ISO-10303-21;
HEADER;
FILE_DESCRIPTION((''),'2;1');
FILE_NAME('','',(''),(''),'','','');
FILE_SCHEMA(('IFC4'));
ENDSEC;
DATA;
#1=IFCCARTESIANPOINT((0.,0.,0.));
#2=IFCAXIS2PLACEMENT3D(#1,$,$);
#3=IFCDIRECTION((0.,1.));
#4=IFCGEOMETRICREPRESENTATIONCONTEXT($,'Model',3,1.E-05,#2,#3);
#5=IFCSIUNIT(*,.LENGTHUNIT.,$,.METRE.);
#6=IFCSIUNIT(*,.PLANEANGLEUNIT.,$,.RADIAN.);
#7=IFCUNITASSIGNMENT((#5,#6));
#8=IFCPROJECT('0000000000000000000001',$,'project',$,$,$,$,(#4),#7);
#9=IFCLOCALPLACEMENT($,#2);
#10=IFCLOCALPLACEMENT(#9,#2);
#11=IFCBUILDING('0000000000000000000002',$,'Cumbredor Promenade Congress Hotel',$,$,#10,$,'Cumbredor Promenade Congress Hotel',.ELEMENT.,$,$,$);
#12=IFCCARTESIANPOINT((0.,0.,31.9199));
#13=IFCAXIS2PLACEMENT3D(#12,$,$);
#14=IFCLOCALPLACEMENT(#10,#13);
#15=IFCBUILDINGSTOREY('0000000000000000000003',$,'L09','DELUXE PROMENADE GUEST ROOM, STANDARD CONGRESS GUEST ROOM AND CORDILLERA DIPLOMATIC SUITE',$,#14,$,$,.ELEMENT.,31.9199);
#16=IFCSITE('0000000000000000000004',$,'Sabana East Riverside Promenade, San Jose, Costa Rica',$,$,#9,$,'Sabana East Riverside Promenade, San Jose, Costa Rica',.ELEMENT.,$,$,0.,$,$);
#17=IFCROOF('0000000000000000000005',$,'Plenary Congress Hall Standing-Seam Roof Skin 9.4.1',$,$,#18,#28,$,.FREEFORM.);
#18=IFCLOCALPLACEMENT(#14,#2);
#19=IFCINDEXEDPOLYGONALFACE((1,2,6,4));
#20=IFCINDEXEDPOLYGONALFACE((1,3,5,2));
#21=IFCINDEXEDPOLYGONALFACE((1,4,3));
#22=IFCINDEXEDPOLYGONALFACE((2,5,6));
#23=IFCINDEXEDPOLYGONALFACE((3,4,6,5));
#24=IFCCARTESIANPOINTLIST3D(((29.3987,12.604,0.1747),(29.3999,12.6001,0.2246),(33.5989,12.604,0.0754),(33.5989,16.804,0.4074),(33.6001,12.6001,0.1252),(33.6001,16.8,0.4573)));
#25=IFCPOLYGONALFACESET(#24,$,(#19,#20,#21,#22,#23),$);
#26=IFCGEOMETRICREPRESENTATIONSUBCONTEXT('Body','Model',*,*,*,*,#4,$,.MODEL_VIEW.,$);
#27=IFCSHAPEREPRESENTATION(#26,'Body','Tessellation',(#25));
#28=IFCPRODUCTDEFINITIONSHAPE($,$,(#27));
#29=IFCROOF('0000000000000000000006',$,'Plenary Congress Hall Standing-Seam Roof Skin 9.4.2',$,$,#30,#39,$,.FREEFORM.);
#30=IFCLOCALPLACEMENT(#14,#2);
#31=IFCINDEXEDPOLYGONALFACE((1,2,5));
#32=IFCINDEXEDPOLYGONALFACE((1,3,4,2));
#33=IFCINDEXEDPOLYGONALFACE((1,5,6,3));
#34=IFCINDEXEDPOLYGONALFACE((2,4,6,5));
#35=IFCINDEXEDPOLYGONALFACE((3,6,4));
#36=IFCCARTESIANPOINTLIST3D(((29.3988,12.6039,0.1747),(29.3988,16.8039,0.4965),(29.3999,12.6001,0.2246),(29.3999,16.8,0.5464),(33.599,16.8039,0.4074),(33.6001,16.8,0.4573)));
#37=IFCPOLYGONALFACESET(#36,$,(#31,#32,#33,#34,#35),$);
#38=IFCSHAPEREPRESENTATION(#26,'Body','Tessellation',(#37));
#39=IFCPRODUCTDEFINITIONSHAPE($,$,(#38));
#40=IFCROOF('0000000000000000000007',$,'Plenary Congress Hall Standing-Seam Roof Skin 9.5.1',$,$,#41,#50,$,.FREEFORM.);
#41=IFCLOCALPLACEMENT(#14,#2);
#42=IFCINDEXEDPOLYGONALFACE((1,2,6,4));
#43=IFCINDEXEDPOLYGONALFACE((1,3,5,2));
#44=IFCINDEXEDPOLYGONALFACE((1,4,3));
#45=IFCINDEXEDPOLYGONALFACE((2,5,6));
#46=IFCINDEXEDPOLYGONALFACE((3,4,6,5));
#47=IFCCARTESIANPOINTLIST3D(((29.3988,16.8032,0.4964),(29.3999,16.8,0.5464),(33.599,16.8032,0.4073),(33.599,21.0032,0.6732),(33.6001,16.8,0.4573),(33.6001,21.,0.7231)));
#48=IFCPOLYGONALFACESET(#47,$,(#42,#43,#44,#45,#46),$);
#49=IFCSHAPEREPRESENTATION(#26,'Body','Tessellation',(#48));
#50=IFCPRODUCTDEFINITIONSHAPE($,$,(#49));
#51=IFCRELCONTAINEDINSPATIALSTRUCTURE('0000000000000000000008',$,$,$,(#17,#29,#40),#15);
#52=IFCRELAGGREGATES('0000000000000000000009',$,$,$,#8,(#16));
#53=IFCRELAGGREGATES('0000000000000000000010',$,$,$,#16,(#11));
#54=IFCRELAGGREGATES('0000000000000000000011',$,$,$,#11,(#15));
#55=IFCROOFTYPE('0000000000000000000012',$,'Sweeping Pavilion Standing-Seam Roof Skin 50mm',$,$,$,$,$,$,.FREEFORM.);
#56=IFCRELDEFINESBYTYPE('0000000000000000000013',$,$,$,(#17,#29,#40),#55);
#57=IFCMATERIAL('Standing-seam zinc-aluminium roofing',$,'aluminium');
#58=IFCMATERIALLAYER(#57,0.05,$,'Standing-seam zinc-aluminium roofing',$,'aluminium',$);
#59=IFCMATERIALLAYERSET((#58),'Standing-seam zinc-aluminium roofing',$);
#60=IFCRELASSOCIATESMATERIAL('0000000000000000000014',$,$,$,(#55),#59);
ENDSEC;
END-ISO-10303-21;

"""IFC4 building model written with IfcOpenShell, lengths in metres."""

from ifc_helpers import new_model, si_unit, direction, frame, origin, place, context, subcontext, project, spatial, polyline, outline, extrude, material, layer, layer_set, type_object, element, save


model = new_model("IFC4")

# Units and contexts
model_context = context("Model", 3, precision=1e-05, world=origin(), true_north=direction((0.0, 1.0)))
body_context = subcontext(model_context, "Body", "Model", "MODEL_VIEW")
ifc_project = project(units=[si_unit("LENGTHUNIT", "METRE"), si_unit("PLANEANGLEUNIT", "RADIAN")], contexts=[model_context])

# Site, building, storey
site_placement = place(None, origin())
site = spatial("IfcSite", under=ifc_project, at=site_placement, Name="Sabana East Riverside Promenade, San Jose, Costa Rica", LongName="Sabana East Riverside Promenade, San Jose, Costa Rica", CompositionType="ELEMENT", RefElevation=0.0)
building_placement = place(site_placement, origin())
building = spatial("IfcBuilding", under=site, at=building_placement, Name="Cumbredor Promenade Congress Hotel", LongName="Cumbredor Promenade Congress Hotel", CompositionType="ELEMENT")
storey_placement = place(building_placement, frame((0.0, 0.0, 31.9199)))
storey = spatial("IfcBuildingStorey", under=building, at=storey_placement, Name="L09", Description="DELUXE PROMENADE GUEST ROOM, STANDARD CONGRESS GUEST ROOM AND CORDILLERA DIPLOMATIC SUITE", CompositionType="ELEMENT", Elevation=31.9199)

# Roofs
ifc_material_1 = material(Name="Standing-seam zinc-aluminium roofing", Category="aluminium")
ifc_layer_1 = layer(ifc_material_1, 0.05, Name="Standing-seam zinc-aluminium roofing", Category="aluminium")
ifc_layer_set_1 = layer_set([ifc_layer_1], Name="Standing-seam zinc-aluminium roofing")
roof_type = type_object("IfcRoofType", Name="Sweeping Pavilion Standing-Seam Roof Skin 50mm", PredefinedType="FREEFORM", material=ifc_layer_set_1)
roof_1_placement = place(storey_placement, frame((29.3999, 12.6001, 0.2246), z_axis=(0.023577, -0.078788, 0.996613), x_axis=(0.99972, 0.0, -0.023651)))
element("IfcRoof", 1, at=roof_1_placement, inside=storey, type_object=roof_type, Name="Plenary Congress Hall Standing-Seam Roof Skin 9.4.1", PredefinedType="FREEFORM", context=body_context, shape_type="SweptSolid", body=[
    extrude(outline(polyline([(0.0, 0.0), (4.2014, 0.0), (4.1935, 4.213), (0.0, 0.0)])), origin(), (0.0, 0.0, -1.0), 0.05),
])
roof_2_placement = place(storey_placement, frame((29.3999, 12.6001, 0.2246), z_axis=(0.021149, -0.076374, 0.996855), x_axis=(0.706585, 0.706544, 0.039141)))
element("IfcRoof", 2, at=roof_2_placement, inside=storey, type_object=roof_type, Name="Plenary Congress Hall Standing-Seam Roof Skin 9.4.2", PredefinedType="FREEFORM", context=body_context, shape_type="SweptSolid", body=[
    extrude(outline(polyline([(0.0, 0.0), (5.9444, 0.0), (2.98, 2.977), (0.0, 0.0)])), origin(), (0.0, 0.0, -1.0), 0.05),
])
roof_3_placement = place(storey_placement, frame((29.3999, 16.8, 0.5464), z_axis=(0.021169, -0.063162, 0.997779), x_axis=(0.999775, 0.0, -0.021211)))
element("IfcRoof", 3, at=roof_3_placement, inside=storey, type_object=roof_type, Name="Plenary Congress Hall Standing-Seam Roof Skin 9.5.1", PredefinedType="FREEFORM", context=body_context, shape_type="SweptSolid", body=[
    extrude(outline(polyline([(0.0, 0.0), (4.2011, 0.0), (4.1955, 4.2084), (0.0, 0.0)])), origin(), (0.0, 0.0, -1.0), 0.05),
])

save(model, "model.ifc")
